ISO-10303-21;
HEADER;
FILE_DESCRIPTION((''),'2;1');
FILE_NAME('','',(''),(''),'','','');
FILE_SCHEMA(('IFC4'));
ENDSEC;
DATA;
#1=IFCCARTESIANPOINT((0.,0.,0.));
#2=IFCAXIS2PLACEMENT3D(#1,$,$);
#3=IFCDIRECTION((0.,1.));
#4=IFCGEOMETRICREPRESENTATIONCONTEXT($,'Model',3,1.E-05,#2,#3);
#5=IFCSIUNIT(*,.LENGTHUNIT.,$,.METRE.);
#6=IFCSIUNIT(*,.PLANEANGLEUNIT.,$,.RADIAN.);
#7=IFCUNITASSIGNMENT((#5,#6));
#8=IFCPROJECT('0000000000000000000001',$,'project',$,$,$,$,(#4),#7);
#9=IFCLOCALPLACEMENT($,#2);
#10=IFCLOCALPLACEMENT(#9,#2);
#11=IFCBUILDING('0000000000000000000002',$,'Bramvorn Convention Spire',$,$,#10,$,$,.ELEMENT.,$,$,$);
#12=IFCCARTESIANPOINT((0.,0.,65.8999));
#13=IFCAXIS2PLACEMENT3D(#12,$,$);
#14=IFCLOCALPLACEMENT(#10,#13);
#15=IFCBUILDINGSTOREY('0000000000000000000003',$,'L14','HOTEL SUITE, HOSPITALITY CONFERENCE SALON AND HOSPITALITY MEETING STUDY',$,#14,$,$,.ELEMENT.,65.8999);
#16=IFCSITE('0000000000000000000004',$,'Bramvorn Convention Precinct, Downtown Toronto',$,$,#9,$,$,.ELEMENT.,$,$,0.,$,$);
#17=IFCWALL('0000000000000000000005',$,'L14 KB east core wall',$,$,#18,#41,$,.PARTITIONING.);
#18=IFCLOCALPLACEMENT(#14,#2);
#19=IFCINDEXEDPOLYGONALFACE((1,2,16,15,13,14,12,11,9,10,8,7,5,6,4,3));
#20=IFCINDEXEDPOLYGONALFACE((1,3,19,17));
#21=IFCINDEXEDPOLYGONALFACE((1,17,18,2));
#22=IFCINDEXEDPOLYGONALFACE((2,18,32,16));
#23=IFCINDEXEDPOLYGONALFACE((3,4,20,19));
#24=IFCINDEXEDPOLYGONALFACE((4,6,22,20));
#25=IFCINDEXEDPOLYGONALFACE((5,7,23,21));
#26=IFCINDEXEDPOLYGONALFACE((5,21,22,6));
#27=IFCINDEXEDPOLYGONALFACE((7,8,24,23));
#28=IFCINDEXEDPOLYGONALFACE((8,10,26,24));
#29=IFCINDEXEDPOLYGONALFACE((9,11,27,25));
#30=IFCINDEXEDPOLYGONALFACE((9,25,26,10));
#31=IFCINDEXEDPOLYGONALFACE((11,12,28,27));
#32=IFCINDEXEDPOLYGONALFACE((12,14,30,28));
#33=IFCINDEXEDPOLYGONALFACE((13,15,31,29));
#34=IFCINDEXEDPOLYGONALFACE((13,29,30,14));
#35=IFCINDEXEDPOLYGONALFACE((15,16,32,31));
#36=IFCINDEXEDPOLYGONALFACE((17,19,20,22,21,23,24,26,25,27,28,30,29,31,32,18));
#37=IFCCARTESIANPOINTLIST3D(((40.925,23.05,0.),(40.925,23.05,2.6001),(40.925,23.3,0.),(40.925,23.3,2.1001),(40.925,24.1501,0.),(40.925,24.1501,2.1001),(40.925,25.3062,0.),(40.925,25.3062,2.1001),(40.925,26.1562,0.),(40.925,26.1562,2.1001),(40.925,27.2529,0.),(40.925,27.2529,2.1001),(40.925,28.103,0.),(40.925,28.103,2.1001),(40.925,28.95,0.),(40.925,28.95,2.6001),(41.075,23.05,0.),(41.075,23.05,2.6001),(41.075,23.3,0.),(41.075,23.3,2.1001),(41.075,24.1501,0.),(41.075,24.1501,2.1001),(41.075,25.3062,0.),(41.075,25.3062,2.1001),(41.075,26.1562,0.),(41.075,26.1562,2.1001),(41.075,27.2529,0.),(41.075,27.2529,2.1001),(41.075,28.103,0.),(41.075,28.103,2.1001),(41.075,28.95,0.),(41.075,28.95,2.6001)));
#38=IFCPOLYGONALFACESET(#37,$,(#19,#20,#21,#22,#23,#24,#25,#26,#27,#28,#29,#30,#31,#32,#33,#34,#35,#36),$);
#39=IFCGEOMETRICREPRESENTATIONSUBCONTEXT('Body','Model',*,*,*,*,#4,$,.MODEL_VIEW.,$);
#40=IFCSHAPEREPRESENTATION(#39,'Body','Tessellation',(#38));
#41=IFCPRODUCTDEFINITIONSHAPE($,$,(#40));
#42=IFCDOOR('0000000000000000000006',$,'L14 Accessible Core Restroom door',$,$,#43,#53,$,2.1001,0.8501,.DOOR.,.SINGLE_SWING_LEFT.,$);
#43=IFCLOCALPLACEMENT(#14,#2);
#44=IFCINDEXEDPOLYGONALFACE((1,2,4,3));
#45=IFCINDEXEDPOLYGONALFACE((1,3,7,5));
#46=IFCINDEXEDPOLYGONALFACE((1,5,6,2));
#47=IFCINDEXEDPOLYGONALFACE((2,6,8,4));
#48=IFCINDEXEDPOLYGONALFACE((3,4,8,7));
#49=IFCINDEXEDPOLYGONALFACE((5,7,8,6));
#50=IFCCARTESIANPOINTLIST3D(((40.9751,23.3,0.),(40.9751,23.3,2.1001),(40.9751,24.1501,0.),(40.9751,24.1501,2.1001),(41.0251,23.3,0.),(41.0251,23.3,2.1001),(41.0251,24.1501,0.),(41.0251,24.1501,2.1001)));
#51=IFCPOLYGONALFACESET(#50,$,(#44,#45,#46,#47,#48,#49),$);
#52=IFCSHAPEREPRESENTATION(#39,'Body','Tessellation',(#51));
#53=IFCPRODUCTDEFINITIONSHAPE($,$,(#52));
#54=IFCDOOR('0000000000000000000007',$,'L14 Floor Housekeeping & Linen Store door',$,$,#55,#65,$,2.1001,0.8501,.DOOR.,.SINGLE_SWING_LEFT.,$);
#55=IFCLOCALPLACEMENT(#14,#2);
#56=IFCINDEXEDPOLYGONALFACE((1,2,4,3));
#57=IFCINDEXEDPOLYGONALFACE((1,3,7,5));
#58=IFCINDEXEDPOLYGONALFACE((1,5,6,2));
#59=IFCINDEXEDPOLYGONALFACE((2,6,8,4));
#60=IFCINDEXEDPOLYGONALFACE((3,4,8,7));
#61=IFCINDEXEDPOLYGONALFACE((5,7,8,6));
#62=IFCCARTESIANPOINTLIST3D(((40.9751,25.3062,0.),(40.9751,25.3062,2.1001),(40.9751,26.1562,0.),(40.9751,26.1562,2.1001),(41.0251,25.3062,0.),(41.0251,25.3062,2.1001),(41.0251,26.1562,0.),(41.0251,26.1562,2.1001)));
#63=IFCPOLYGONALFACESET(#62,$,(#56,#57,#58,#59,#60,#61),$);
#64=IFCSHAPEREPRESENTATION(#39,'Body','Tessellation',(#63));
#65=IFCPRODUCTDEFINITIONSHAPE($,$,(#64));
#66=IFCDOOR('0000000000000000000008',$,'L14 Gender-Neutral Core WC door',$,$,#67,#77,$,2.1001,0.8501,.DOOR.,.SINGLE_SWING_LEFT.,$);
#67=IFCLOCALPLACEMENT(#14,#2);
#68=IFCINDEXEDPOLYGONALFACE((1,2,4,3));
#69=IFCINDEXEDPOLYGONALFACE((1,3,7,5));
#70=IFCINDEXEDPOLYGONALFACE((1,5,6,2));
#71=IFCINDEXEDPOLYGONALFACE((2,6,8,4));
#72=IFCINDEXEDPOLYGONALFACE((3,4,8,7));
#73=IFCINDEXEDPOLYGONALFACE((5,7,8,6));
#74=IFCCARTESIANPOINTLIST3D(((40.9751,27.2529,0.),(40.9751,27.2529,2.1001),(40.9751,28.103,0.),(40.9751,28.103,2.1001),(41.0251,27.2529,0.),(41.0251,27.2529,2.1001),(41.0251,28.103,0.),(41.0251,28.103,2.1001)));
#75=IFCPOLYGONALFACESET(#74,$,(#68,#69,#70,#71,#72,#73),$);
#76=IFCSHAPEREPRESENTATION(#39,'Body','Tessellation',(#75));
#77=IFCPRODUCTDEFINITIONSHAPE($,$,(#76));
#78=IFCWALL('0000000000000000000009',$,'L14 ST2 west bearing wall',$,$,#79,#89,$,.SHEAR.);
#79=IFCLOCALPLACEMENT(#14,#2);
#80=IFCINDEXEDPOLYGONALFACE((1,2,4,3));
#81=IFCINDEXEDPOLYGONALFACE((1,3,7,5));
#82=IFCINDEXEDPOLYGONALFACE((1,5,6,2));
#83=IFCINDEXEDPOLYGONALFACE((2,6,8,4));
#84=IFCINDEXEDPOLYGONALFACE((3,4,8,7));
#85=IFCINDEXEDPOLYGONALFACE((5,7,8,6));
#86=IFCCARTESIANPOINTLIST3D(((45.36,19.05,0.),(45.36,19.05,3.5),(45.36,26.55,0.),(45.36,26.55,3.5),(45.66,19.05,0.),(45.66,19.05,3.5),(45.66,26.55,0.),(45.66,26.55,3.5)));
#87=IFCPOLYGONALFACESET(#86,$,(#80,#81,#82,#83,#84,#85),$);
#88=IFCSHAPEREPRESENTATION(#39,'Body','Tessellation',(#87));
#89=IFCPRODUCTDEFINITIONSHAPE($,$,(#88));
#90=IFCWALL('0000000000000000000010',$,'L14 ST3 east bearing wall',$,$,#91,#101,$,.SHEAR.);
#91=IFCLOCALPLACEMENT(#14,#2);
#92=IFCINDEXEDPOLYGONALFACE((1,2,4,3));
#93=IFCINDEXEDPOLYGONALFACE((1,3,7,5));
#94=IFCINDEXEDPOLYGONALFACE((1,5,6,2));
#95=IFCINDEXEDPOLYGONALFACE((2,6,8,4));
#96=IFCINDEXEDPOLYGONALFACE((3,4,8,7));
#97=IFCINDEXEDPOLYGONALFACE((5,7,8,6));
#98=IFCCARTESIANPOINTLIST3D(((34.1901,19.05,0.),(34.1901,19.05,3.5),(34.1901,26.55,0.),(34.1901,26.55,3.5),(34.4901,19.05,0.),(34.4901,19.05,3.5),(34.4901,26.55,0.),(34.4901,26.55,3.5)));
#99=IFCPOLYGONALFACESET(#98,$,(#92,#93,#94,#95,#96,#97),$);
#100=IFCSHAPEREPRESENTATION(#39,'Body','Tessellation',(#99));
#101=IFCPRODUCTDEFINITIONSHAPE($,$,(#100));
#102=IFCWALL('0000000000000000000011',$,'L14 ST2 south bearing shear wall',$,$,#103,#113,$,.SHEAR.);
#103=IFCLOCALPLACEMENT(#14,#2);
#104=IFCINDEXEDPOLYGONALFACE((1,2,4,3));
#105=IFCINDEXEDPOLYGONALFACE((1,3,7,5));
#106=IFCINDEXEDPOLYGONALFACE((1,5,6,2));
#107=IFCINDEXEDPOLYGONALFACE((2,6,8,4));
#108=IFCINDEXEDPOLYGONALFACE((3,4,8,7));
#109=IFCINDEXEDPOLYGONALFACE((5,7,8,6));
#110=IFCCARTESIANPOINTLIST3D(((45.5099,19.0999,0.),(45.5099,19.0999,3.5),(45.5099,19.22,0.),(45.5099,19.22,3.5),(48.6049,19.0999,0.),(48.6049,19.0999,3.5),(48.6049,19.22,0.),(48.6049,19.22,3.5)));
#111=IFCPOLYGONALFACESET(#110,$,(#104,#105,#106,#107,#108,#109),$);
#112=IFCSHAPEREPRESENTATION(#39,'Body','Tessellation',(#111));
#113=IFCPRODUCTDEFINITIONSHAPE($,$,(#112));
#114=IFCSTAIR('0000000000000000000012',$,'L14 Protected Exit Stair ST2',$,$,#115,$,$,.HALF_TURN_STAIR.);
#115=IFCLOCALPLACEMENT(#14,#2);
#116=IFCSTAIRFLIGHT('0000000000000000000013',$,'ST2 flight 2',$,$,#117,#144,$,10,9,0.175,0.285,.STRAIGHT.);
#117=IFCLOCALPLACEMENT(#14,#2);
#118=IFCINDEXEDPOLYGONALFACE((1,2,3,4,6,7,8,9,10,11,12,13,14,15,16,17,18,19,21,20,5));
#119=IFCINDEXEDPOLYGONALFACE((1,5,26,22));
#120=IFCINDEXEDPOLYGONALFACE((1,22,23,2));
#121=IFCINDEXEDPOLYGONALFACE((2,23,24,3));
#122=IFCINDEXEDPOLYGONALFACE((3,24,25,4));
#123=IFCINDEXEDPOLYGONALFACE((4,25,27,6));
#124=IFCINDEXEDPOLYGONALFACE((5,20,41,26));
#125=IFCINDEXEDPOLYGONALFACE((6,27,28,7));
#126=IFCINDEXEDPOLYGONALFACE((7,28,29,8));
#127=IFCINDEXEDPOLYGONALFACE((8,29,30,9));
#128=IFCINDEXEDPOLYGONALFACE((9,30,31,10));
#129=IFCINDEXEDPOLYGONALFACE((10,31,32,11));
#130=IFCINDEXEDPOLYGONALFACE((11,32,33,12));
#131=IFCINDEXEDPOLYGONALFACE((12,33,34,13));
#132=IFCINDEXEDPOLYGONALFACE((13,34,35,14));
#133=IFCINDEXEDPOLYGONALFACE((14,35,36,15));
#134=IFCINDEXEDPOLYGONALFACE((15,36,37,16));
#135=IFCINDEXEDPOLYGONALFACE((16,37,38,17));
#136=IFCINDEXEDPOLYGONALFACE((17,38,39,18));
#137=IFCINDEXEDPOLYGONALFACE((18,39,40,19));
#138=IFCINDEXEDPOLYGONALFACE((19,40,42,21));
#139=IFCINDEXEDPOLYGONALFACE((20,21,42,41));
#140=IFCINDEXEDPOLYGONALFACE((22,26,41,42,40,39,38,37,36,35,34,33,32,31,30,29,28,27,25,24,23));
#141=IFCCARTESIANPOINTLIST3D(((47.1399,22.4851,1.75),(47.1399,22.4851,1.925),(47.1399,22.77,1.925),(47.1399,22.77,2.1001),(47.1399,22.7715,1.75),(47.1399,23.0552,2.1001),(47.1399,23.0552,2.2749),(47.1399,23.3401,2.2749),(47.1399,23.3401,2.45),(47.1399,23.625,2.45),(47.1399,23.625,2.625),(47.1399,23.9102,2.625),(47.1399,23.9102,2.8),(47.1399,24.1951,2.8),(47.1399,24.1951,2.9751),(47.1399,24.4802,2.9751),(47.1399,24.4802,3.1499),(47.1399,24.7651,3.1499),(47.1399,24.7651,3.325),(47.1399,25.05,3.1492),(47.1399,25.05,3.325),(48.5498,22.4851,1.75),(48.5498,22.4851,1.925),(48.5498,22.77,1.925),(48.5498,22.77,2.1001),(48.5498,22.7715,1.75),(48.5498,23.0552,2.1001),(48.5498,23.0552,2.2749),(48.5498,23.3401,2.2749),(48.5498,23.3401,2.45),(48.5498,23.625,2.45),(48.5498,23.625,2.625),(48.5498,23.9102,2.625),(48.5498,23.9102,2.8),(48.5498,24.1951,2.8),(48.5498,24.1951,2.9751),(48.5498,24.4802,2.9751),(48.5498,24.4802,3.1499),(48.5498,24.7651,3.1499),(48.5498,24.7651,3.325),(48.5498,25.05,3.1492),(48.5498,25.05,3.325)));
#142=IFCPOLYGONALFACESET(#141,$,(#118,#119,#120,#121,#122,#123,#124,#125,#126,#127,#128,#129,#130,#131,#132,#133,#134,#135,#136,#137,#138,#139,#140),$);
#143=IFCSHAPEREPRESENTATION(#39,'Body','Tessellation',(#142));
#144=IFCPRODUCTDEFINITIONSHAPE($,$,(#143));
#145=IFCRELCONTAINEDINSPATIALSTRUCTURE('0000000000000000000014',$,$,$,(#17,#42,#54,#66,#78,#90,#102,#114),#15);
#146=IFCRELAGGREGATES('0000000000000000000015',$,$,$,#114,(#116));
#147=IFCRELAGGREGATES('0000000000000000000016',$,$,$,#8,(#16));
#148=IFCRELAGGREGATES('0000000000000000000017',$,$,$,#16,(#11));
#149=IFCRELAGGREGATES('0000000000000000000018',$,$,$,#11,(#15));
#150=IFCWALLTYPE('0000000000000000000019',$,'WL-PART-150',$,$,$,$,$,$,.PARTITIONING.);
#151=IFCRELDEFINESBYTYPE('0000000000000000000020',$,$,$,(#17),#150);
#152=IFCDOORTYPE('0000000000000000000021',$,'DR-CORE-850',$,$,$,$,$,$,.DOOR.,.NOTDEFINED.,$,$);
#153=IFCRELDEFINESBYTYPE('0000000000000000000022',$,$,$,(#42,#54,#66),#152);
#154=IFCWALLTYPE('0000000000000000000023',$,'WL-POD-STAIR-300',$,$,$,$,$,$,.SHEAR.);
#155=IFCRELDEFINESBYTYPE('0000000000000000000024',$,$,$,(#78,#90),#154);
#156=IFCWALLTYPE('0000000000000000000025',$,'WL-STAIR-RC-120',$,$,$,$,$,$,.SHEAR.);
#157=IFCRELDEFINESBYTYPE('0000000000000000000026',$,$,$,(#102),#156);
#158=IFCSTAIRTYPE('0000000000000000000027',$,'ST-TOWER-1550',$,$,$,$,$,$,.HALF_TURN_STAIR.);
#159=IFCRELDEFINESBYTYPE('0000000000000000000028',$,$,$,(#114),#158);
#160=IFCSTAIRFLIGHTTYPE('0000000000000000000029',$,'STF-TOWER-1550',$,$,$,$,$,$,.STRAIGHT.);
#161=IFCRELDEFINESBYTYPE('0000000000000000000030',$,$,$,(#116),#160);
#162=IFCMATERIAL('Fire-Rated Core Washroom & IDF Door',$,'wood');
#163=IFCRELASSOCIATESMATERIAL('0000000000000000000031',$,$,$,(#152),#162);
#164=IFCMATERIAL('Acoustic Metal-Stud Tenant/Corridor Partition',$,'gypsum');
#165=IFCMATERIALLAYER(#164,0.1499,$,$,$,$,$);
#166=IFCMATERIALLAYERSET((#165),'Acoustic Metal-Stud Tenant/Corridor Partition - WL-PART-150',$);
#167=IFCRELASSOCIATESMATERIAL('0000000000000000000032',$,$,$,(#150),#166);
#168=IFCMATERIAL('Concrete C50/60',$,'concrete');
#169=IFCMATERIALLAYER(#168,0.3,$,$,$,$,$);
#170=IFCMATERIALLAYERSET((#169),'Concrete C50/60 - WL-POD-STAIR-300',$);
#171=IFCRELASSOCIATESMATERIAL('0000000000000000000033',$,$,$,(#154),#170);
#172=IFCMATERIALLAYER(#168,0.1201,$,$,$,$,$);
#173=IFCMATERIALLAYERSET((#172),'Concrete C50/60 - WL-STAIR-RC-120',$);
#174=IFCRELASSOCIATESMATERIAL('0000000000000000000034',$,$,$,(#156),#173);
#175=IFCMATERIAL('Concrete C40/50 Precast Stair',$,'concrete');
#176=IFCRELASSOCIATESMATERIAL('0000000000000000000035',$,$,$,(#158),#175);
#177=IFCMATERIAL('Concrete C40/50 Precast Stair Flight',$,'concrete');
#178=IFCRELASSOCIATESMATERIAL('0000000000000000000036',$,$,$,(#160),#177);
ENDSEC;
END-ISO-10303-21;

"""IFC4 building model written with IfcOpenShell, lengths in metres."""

from ifc_helpers import new_model, si_unit, direction, frame, frame_2d, origin, place, context, subcontext, project, spatial, polyline, rectangle, outline, extrude, material, layer, layer_set, type_object, element, fill, aggregate, save


model = new_model("IFC4")

# Units and contexts
model_context = context("Model", 3, precision=1e-05, world=origin(), true_north=direction((0.0, 1.0)))
body_context = subcontext(model_context, "Body", "Model", "MODEL_VIEW")
ifc_project = project(units=[si_unit("LENGTHUNIT", "METRE"), si_unit("PLANEANGLEUNIT", "RADIAN")], contexts=[model_context])

# Site, building, storey
site_placement = place(None, origin())
site = spatial("IfcSite", under=ifc_project, at=site_placement, Name="Bramvorn Convention Precinct, Downtown Toronto", CompositionType="ELEMENT", RefElevation=0.0)
building_placement = place(site_placement, origin())
building = spatial("IfcBuilding", under=site, at=building_placement, Name="Bramvorn Convention Spire", CompositionType="ELEMENT")
storey_placement = place(building_placement, frame((0.0, 0.0, 65.8999)))
storey = spatial("IfcBuildingStorey", under=building, at=storey_placement, Name="L14", Description="HOTEL SUITE, HOSPITALITY CONFERENCE SALON AND HOSPITALITY MEETING STUDY", CompositionType="ELEMENT", Elevation=65.8999)

# Shared definitions
ifc_material_1 = material(Name="Concrete C50/60", Category="concrete")

# Shared definitions
ifc_material_2 = material(Name="Fire-Rated Core Washroom & IDF Door", Category="wood")
door_type = type_object("IfcDoorType", Name="DR-CORE-850", OperationType="NOTDEFINED", PredefinedType="DOOR", material=ifc_material_2)

# Shared definitions
ifc_material_3 = material(Name="Acoustic Metal-Stud Tenant/Corridor Partition", Category="gypsum")
ifc_layer_1 = layer(ifc_material_3, 0.1499)
ifc_layer_set_1 = layer_set([ifc_layer_1], Name="Acoustic Metal-Stud Tenant/Corridor Partition - WL-PART-150")
wall_type_1 = type_object("IfcWallType", Name="WL-PART-150", PredefinedType="PARTITIONING", material=ifc_layer_set_1)

# Wall, openings, doors
wall_1_placement = place(storey_placement, frame((41.0, 23.05, 0.0), z_axis=(0.0, 0.0, 1.0), x_axis=(0.0, 1.0, 0.0)))
wall_1 = element("IfcWall", 1, at=wall_1_placement, inside=storey, type_object=wall_type_1, Name="L14 KB east core wall", PredefinedType="PARTITIONING", context=body_context, shape_type="SweptSolid", body=[
    extrude(rectangle(XDim=5.8999, YDim=0.1499, at=frame_2d((2.95, 0.0))), origin(), (0.0, 0.0, 1.0), 2.6001),
])
opening_1_placement = place(wall_1_placement, frame((0.25, 0.0, 0.0)))
opening_1 = element("IfcOpeningElement", 2, at=opening_1_placement, cuts=wall_1, PredefinedType="OPENING", context=body_context, shape_type="SweptSolid", body=[
    extrude(rectangle(XDim=0.8501, YDim=2.1001, at=frame_2d((0.425, 1.05))), frame((0.0, 0.085, 0.0), z_axis=(0.0, -1.0, 0.0), x_axis=(1.0, 0.0, 0.0)), (0.0, 0.0, 1.0), 0.1699),
])
opening_2_placement = place(wall_1_placement, frame((2.2561, 0.0, 0.0)))
opening_2 = element("IfcOpeningElement", 3, at=opening_2_placement, cuts=wall_1, PredefinedType="OPENING", context=body_context, shape_type="SweptSolid", body=[
    extrude(rectangle(XDim=0.8501, YDim=2.1001, at=frame_2d((0.425, 1.05))), frame((0.0, 0.085, 0.0), z_axis=(0.0, -1.0, 0.0), x_axis=(1.0, 0.0, 0.0)), (0.0, 0.0, 1.0), 0.1699),
])
opening_3_placement = place(wall_1_placement, frame((4.2029, 0.0, 0.0)))
opening_3 = element("IfcOpeningElement", 4, at=opening_3_placement, cuts=wall_1, PredefinedType="OPENING", context=body_context, shape_type="SweptSolid", body=[
    extrude(rectangle(XDim=0.8501, YDim=2.1001, at=frame_2d((0.425, 1.05))), frame((0.0, 0.085, 0.0), z_axis=(0.0, -1.0, 0.0), x_axis=(1.0, 0.0, 0.0)), (0.0, 0.0, 1.0), 0.1699),
])
door_1_placement = place(opening_1_placement, origin())
door_1 = element("IfcDoor", 5, at=door_1_placement, inside=storey, type_object=door_type, Name="L14 Accessible Core Restroom door", OperationType="SINGLE_SWING_LEFT", OverallHeight=2.1001, OverallWidth=0.8501, PredefinedType="DOOR", context=body_context, shape_type="SweptSolid", body=[
    extrude(rectangle(XDim=0.8501, YDim=2.1001, at=frame_2d((0.425, 1.05))), frame((0.0, 0.0249, 0.0), z_axis=(0.0, -1.0, 0.0), x_axis=(1.0, 0.0, 0.0)), (0.0, 0.0, 1.0), 0.05),
])
fill(opening_1, door_1)
door_2_placement = place(opening_2_placement, origin())
door_2 = element("IfcDoor", 6, at=door_2_placement, inside=storey, type_object=door_type, Name="L14 Floor Housekeeping & Linen Store door", OperationType="SINGLE_SWING_LEFT", OverallHeight=2.1001, OverallWidth=0.8501, PredefinedType="DOOR", context=body_context, shape_type="SweptSolid", body=[
    extrude(rectangle(XDim=0.8501, YDim=2.1001, at=frame_2d((0.425, 1.05))), frame((0.0, 0.0249, 0.0), z_axis=(0.0, -1.0, 0.0), x_axis=(1.0, 0.0, 0.0)), (0.0, 0.0, 1.0), 0.05),
])
fill(opening_2, door_2)
door_3_placement = place(opening_3_placement, origin())
door_3 = element("IfcDoor", 7, at=door_3_placement, inside=storey, type_object=door_type, Name="L14 Gender-Neutral Core WC door", OperationType="SINGLE_SWING_LEFT", OverallHeight=2.1001, OverallWidth=0.8501, PredefinedType="DOOR", context=body_context, shape_type="SweptSolid", body=[
    extrude(rectangle(XDim=0.8501, YDim=2.1001, at=frame_2d((0.425, 1.05))), frame((0.0, 0.0249, 0.0), z_axis=(0.0, -1.0, 0.0), x_axis=(1.0, 0.0, 0.0)), (0.0, 0.0, 1.0), 0.05),
])
fill(opening_3, door_3)

# Walls
ifc_layer_2 = layer(ifc_material_1, 0.3)
ifc_layer_set_2 = layer_set([ifc_layer_2], Name="Concrete C50/60 - WL-POD-STAIR-300")
wall_type_2 = type_object("IfcWallType", Name="WL-POD-STAIR-300", PredefinedType="SHEAR", material=ifc_layer_set_2)
for number, where, z_axis, x_axis, name in (
    (8, (45.51, 19.05, 0.0), (0.0, 0.0, 1.0), (0.0, 1.0, 0.0), "L14 ST2 west bearing wall"),
    (9, (34.3401, 19.05, 0.0), (0.0, 0.0, 1.0), (0.0, 1.0, 0.0), "L14 ST3 east bearing wall"),
):
    element("IfcWall", number, at=place(storey_placement, frame(where, z_axis=z_axis, x_axis=x_axis)), inside=storey, type_object=wall_type_2, Name=name, PredefinedType="SHEAR", context=body_context, shape_type="SweptSolid", body=[
        extrude(rectangle(XDim=7.5, YDim=0.3, at=frame_2d((3.75, 0.0))), origin(), (0.0, 0.0, 1.0), 3.5),
    ])
ifc_layer_3 = layer(ifc_material_1, 0.1201)
ifc_layer_set_3 = layer_set([ifc_layer_3], Name="Concrete C50/60 - WL-STAIR-RC-120")
wall_type_3 = type_object("IfcWallType", Name="WL-STAIR-RC-120", PredefinedType="SHEAR", material=ifc_layer_set_3)
wall_2_placement = place(storey_placement, frame((45.51, 19.1599, 0.0), z_axis=(0.0, 0.0, 1.0), x_axis=(1.0, 0.0, 0.0)))
element("IfcWall", 10, at=wall_2_placement, inside=storey, type_object=wall_type_3, Name="L14 ST2 south bearing shear wall", PredefinedType="SHEAR", context=body_context, shape_type="SweptSolid", body=[
    extrude(rectangle(XDim=3.095, YDim=0.1201, at=frame_2d((1.5474, 0.0))), origin(), (0.0, 0.0, 1.0), 3.5),
])

# Stair, stair flight
ifc_material_4 = material(Name="Concrete C40/50 Precast Stair", Category="concrete")
stair_type = type_object("IfcStairType", Name="ST-TOWER-1550", PredefinedType="HALF_TURN_STAIR", material=ifc_material_4)
stair_placement = place(storey_placement, origin())
stair = element("IfcStair", 11, at=stair_placement, inside=storey, type_object=stair_type, Name="L14 Protected Exit Stair ST2", PredefinedType="HALF_TURN_STAIR")
ifc_material_5 = material(Name="Concrete C40/50 Precast Stair Flight", Category="concrete")
stair_flight_type = type_object("IfcStairFlightType", Name="STF-TOWER-1550", PredefinedType="STRAIGHT", material=ifc_material_5)
stair_flight_placement = place(storey_placement, frame((47.845, 22.4851, 1.75), z_axis=(0.0, 0.0, 1.0), x_axis=(0.0, 1.0, 0.0)))
stair_flight = element("IfcStairFlight", 12, at=stair_flight_placement, type_object=stair_flight_type, Name="ST2 flight 2", NumberOfRisers=10, NumberOfTreads=9, PredefinedType="STRAIGHT", RiserHeight=0.175, TreadLength=0.285, context=body_context, shape_type="SweptSolid", body=[
    extrude(outline(polyline([(0.0, 0.0), (0.0, 0.175), (0.2849, 0.175), (0.2849, 0.3501), (0.5701, 0.3501), (0.5701, 0.5249), (0.855, 0.5249), (0.855, 0.7), (1.1399, 0.7), (1.1399, 0.875), (1.425, 0.875), (1.425, 1.05), (1.71, 1.05), (1.71, 1.2251), (1.9951, 1.2251), (1.9951, 1.3999), (2.28, 1.3999), (2.28, 1.575), (2.5649, 1.575), (2.5649, 1.75), (2.5649, 1.3992), (0.2864, 0.0), (0.0, 0.0)])), frame((0.0, 0.7051, 0.0), z_axis=(0.0, -1.0, 0.0), x_axis=(1.0, 0.0, 0.0)), (0.0, 0.0, 1.0), 1.4099),
])
aggregate(stair, [stair_flight])

save(model, "model.ifc")
